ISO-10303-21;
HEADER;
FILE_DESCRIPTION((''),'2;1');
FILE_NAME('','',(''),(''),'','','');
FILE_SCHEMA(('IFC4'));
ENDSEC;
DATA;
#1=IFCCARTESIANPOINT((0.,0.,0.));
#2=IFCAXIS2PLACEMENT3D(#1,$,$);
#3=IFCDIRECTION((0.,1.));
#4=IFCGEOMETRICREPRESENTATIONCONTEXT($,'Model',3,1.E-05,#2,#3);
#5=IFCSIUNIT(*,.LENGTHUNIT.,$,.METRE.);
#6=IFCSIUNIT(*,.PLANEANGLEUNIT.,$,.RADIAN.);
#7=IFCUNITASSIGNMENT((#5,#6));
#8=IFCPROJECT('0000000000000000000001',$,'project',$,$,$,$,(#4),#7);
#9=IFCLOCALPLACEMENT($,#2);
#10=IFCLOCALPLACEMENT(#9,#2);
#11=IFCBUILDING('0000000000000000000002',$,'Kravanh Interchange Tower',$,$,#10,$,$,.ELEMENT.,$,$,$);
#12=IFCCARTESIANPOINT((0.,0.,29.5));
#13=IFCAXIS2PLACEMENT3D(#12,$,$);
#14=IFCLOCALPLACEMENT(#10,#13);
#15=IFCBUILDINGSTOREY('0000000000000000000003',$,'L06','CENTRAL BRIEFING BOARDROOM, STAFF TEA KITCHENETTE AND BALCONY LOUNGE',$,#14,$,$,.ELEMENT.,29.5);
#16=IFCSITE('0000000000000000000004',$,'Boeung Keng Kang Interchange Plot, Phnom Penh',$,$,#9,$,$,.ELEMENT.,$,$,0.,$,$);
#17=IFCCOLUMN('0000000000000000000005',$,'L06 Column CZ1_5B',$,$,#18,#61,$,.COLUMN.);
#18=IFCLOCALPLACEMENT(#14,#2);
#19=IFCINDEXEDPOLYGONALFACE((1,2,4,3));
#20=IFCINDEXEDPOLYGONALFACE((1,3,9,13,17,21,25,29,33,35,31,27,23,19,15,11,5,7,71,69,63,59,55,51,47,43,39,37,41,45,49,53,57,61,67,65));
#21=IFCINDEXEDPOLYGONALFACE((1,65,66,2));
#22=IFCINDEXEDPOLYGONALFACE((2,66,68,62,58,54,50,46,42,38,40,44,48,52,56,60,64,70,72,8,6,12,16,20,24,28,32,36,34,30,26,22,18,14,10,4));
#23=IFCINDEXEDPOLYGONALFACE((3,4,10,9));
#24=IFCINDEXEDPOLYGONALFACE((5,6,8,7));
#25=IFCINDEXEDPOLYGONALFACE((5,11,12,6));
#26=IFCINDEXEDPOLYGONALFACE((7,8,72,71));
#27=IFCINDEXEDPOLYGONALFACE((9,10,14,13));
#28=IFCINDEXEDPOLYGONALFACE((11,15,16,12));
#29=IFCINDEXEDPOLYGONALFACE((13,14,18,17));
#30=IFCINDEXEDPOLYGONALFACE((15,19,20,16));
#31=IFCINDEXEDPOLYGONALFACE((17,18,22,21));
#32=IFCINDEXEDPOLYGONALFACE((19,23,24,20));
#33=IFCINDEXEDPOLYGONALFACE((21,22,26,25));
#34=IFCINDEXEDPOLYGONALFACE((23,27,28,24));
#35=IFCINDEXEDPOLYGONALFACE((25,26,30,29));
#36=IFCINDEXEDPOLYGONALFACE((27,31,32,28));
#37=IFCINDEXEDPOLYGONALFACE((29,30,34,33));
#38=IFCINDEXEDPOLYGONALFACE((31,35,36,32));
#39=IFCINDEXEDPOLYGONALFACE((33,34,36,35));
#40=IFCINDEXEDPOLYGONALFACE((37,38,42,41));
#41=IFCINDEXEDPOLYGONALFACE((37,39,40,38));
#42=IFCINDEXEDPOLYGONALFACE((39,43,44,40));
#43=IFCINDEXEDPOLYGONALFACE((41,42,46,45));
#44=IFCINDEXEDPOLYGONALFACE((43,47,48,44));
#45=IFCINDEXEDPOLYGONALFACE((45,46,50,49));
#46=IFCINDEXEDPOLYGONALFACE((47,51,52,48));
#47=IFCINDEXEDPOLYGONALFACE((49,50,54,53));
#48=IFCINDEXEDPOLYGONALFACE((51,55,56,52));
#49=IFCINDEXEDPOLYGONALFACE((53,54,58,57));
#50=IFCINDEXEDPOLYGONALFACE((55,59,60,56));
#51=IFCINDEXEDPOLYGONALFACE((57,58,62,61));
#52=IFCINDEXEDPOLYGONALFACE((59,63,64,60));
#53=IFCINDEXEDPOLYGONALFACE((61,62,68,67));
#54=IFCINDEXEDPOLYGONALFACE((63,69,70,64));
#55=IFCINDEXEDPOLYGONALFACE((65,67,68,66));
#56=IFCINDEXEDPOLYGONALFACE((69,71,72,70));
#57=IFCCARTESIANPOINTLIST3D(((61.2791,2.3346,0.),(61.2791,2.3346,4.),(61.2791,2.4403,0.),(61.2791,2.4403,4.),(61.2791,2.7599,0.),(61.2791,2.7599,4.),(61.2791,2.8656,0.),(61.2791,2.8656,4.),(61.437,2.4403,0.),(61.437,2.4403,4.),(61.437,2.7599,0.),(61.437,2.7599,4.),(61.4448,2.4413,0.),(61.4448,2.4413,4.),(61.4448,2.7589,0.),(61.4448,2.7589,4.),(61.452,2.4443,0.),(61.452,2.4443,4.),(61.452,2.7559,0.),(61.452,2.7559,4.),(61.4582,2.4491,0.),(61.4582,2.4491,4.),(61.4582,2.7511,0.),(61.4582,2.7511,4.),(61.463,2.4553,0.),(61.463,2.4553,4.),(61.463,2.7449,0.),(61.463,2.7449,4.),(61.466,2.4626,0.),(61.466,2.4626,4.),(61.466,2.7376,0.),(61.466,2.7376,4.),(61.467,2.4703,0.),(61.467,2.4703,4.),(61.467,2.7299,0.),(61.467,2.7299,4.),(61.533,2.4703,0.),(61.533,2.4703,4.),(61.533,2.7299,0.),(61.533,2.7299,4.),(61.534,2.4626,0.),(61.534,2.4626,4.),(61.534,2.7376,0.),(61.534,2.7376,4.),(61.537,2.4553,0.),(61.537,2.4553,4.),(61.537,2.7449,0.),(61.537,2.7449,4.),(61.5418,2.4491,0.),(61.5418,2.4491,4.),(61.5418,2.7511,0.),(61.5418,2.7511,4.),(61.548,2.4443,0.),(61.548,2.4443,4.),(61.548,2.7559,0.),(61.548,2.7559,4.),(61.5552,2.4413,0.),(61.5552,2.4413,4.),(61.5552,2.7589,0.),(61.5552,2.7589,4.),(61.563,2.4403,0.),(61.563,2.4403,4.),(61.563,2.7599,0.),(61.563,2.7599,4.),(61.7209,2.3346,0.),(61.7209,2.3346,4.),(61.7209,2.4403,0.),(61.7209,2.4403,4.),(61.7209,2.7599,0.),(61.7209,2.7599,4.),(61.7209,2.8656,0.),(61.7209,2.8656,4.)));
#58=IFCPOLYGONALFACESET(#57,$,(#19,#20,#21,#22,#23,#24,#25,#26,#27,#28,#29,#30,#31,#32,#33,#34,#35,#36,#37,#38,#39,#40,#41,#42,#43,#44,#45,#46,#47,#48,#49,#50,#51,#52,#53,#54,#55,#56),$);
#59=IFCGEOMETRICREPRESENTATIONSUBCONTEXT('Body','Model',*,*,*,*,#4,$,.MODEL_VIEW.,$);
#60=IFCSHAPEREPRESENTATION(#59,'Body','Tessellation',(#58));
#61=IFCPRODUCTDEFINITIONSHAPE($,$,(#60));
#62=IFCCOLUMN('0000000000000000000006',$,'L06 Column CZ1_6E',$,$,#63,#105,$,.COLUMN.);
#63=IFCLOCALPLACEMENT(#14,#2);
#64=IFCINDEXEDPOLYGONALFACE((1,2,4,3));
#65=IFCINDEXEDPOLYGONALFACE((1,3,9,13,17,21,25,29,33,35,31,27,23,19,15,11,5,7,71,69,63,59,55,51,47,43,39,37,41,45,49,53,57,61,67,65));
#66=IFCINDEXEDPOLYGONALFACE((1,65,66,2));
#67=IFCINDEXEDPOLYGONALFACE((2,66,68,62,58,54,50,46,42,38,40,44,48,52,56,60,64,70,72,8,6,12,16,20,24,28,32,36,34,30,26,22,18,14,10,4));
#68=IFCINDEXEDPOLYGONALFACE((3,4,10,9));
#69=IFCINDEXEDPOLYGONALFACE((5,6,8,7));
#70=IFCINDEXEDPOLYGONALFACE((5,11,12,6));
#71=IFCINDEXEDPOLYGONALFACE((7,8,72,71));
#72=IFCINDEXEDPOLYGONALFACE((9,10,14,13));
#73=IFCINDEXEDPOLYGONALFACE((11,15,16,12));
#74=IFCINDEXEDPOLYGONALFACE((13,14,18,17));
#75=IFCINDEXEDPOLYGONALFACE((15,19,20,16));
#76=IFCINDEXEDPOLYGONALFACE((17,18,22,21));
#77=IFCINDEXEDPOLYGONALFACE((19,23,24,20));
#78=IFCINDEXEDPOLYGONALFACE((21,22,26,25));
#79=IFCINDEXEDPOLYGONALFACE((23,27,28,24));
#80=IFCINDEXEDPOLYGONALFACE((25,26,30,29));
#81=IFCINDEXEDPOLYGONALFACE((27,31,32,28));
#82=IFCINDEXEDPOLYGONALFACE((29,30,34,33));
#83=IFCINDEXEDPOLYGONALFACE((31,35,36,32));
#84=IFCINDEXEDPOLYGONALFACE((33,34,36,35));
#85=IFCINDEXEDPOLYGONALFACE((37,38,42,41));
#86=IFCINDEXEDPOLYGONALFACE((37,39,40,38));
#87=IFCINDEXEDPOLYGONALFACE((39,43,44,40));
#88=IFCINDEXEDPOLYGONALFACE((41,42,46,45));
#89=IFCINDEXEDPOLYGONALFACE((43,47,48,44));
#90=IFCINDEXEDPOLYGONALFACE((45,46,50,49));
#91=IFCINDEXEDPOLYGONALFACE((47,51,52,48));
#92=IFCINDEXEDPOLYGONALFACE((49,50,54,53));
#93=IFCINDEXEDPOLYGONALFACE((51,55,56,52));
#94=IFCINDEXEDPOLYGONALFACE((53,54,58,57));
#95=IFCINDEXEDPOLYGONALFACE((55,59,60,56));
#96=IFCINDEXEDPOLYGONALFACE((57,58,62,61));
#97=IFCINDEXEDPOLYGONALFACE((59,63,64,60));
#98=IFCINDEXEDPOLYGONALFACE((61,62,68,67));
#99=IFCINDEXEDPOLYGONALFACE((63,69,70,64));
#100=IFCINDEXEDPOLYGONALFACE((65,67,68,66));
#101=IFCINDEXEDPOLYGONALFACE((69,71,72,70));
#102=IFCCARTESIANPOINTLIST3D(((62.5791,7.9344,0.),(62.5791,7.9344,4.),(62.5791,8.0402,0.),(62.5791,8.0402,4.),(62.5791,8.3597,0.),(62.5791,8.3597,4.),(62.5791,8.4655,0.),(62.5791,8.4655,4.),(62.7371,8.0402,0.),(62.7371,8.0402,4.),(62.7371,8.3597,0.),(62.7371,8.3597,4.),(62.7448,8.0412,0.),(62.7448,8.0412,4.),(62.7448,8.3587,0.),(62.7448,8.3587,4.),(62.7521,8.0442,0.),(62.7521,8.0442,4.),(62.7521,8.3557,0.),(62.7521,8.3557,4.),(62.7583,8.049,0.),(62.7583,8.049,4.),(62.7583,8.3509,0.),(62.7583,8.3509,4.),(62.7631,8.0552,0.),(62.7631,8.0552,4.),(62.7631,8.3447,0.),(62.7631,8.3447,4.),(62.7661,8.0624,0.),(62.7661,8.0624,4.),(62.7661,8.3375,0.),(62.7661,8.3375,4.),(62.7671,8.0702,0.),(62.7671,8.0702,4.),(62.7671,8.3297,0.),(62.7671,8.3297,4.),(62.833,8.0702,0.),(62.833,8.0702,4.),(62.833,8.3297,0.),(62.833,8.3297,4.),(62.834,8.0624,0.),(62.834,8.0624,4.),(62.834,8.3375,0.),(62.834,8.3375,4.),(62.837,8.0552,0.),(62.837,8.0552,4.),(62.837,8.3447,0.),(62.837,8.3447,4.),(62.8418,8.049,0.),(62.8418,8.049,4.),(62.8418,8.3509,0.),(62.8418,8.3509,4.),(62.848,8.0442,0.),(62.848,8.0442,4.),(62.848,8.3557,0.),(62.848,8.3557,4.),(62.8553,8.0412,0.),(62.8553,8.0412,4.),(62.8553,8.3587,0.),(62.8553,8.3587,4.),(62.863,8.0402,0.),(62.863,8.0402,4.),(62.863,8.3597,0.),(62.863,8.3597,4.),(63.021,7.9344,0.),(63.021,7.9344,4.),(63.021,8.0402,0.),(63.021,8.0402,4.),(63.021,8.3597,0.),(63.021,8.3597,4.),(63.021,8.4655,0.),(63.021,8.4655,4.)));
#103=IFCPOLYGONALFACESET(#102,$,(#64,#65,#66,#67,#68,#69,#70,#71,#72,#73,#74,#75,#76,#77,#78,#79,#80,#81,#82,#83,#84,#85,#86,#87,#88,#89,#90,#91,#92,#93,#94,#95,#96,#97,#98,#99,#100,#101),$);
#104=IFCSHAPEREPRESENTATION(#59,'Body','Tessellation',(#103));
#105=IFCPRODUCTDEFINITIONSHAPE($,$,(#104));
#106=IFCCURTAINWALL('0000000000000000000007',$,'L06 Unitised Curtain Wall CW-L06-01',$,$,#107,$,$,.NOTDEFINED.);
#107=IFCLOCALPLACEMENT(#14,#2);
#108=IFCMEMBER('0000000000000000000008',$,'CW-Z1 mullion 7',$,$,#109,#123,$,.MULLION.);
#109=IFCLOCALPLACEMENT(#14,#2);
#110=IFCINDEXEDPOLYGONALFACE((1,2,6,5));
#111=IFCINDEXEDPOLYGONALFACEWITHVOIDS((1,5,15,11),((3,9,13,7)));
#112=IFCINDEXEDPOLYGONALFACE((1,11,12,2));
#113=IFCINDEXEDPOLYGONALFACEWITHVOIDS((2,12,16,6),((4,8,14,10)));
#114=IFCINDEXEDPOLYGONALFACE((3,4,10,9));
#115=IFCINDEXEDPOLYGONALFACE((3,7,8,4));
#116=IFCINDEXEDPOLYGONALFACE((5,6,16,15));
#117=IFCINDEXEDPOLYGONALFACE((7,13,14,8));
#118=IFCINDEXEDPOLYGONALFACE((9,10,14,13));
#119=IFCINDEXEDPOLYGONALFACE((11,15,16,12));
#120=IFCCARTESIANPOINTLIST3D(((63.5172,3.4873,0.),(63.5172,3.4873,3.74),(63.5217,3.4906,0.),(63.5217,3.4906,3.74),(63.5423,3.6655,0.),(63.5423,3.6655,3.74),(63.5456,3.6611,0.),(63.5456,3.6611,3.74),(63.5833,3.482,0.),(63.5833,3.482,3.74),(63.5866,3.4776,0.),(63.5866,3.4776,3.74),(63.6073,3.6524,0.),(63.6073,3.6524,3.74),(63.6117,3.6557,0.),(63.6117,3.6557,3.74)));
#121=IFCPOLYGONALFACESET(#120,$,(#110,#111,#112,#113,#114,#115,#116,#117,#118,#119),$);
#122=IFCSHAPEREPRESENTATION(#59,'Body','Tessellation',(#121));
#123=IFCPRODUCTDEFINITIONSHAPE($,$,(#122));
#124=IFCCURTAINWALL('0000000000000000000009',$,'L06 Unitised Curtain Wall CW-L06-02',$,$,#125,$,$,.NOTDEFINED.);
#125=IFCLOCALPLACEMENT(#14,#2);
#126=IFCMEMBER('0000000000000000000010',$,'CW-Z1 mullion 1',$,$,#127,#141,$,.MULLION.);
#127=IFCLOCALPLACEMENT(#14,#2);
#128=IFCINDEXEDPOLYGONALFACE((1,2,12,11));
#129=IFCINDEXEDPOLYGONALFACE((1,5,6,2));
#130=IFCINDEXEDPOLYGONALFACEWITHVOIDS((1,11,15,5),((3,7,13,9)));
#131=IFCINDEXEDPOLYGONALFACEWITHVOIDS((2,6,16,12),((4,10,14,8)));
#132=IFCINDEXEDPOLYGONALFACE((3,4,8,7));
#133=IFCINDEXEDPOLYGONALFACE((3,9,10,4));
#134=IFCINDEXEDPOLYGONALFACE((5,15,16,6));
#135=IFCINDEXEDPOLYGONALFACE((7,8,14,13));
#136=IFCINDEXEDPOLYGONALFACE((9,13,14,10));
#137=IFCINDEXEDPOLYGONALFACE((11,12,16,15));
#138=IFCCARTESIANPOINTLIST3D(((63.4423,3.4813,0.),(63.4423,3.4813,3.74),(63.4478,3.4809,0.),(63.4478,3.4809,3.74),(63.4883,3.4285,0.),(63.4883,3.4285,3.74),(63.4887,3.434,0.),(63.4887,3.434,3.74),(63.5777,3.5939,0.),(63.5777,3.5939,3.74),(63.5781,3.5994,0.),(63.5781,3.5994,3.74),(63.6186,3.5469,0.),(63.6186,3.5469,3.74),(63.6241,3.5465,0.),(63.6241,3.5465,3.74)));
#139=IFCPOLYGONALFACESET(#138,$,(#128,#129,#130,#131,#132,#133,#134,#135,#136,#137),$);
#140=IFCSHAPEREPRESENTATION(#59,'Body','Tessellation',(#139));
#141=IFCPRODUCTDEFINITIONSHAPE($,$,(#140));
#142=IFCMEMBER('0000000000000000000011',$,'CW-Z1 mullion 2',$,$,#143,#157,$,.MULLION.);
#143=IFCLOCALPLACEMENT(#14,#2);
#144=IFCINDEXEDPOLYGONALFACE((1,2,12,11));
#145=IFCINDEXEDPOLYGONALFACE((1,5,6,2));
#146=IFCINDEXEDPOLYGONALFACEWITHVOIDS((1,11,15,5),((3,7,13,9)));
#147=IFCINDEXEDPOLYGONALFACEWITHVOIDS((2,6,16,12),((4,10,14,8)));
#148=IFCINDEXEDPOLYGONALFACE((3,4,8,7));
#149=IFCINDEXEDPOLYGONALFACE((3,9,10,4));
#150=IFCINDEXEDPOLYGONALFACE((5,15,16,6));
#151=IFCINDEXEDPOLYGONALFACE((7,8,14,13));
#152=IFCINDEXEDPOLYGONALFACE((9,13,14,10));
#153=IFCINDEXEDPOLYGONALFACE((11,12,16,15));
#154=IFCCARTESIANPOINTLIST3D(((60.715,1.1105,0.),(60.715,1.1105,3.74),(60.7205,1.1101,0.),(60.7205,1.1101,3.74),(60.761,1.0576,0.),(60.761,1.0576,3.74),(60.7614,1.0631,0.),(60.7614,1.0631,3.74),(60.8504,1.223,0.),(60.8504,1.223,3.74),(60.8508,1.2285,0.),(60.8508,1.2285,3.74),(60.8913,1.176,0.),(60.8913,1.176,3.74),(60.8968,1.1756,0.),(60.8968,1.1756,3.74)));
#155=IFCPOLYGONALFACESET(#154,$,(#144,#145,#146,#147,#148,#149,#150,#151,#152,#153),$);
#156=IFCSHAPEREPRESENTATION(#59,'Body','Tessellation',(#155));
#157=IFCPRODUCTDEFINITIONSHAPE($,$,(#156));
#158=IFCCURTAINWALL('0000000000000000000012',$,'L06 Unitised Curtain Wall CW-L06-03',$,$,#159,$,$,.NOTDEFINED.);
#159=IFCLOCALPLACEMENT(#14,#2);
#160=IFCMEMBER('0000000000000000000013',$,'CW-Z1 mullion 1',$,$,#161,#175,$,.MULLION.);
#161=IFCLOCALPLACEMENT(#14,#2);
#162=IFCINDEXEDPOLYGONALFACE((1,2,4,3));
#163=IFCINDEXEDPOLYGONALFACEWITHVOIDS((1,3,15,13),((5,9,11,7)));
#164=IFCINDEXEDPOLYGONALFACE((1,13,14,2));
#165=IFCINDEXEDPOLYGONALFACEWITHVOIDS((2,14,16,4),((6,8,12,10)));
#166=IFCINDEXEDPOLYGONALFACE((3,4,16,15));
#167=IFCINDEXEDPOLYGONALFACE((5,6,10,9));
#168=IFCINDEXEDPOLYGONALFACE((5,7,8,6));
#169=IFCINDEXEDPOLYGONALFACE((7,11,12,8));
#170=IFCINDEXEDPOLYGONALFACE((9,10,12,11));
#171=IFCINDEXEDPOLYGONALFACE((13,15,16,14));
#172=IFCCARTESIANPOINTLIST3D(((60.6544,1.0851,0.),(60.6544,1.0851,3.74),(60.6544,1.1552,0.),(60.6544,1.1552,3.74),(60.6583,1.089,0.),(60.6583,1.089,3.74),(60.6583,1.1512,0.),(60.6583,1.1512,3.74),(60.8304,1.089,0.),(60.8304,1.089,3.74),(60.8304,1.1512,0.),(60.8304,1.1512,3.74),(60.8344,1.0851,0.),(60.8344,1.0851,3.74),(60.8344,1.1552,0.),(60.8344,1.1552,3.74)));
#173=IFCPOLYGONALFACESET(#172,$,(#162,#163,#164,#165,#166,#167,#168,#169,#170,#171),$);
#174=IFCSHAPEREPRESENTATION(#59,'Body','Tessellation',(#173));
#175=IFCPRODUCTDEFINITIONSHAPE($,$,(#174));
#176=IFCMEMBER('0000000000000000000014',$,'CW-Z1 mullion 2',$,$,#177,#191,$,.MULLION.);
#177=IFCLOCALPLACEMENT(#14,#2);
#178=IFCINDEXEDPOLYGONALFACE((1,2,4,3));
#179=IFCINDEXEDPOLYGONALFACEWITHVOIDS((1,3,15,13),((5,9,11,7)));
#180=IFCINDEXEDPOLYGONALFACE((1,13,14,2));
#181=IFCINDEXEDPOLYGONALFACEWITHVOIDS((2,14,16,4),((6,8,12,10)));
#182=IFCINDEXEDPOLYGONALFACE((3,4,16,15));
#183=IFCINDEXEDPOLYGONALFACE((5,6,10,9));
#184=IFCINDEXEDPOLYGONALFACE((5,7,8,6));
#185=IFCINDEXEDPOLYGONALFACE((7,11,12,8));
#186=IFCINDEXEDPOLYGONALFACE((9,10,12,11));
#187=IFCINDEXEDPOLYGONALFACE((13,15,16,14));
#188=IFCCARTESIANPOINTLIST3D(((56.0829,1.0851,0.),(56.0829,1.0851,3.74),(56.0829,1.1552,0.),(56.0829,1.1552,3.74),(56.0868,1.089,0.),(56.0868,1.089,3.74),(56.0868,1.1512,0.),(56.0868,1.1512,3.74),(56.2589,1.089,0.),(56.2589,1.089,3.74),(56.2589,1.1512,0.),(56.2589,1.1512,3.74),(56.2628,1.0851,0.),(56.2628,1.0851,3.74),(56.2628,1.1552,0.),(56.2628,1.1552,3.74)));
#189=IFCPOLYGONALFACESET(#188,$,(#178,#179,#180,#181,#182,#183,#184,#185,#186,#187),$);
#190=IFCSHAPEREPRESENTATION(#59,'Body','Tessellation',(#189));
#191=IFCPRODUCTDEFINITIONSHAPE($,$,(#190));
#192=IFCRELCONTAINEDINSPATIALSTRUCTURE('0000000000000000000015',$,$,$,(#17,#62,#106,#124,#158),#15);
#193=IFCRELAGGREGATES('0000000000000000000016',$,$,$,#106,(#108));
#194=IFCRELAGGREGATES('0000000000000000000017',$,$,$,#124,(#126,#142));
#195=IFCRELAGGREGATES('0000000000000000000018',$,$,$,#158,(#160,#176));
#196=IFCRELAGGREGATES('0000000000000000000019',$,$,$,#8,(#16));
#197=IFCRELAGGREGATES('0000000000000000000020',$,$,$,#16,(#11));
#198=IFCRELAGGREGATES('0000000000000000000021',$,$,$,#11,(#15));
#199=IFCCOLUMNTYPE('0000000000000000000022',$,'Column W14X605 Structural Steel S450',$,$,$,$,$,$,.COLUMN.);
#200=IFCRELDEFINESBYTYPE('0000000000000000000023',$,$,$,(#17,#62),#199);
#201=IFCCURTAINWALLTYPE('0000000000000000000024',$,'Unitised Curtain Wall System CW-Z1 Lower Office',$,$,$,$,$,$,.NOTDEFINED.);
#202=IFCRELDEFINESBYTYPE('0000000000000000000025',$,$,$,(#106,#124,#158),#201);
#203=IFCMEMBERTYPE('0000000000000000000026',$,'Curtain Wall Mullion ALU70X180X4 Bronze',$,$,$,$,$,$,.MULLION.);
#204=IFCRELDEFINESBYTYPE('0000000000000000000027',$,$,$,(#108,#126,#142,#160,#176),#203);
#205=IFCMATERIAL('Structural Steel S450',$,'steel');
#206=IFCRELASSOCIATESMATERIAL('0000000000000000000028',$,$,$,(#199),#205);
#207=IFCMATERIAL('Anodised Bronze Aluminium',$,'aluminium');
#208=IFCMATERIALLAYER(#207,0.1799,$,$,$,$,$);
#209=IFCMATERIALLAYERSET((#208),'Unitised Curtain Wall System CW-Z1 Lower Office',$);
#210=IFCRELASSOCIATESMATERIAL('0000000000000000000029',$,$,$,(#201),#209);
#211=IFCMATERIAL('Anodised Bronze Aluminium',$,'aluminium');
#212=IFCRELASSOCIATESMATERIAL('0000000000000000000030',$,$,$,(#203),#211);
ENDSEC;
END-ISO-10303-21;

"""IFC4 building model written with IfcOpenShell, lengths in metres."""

from ifc_helpers import new_model, si_unit, direction, frame, origin, origin_2d, place, context, subcontext, project, spatial, hollow_rectangle, i_section, extrude, material, layer, layer_set, material_profile, profile_set, type_object, element, aggregate, save


model = new_model("IFC4")

# Units and contexts
model_context = context("Model", 3, precision=1e-05, world=origin(), true_north=direction((0.0, 1.0)))
body_context = subcontext(model_context, "Body", "Model", "MODEL_VIEW")
ifc_project = project(units=[si_unit("LENGTHUNIT", "METRE"), si_unit("PLANEANGLEUNIT", "RADIAN")], contexts=[model_context])

# Site, building, storey
site_placement = place(None, origin())
site = spatial("IfcSite", under=ifc_project, at=site_placement, Name="Boeung Keng Kang Interchange Plot, Phnom Penh", CompositionType="ELEMENT", RefElevation=0.0)
building_placement = place(site_placement, origin())
building = spatial("IfcBuilding", under=site, at=building_placement, Name="Kravanh Interchange Tower", CompositionType="ELEMENT")
storey_placement = place(building_placement, frame((0.0, 0.0, 29.5)))
storey = spatial("IfcBuildingStorey", under=building, at=storey_placement, Name="L06", Description="CENTRAL BRIEFING BOARDROOM, STAFF TEA KITCHENETTE AND BALCONY LOUNGE", CompositionType="ELEMENT", Elevation=29.5)

# Columns
ifc_material_1 = material(Name="Structural Steel S450", Category="steel")
ifc_material_profile_1 = material_profile(ifc_material_1, i_section(OverallWidth=0.4419, OverallDepth=0.531, WebThickness=0.0659, FlangeThickness=0.1057, FilletRadius=0.03, at=origin_2d()), Name="W14X605")
ifc_profile_set_1 = profile_set([ifc_material_profile_1], Name="Structural Steel S450")
column_type = type_object("IfcColumnType", Name="Column W14X605 Structural Steel S450", PredefinedType="COLUMN", material=ifc_profile_set_1)
for number, where, z_axis, x_axis, name in (
    (1, (61.5, 2.6001, 0.0), (0.0, 0.0, 1.0), (1.0, 0.0, 0.0), "L06 Column CZ1_5B"),
    (2, (62.8, 8.2, 0.0), (0.0, 0.0, 1.0), (1.0, 0.0, 0.0), "L06 Column CZ1_6E"),
):
    element("IfcColumn", number, at=place(storey_placement, frame(where, z_axis=z_axis, x_axis=x_axis)), inside=storey, type_object=column_type, Name=name, PredefinedType="COLUMN", context=body_context, shape_type="SweptSolid", body=[
        extrude(i_section(OverallWidth=0.4419, OverallDepth=0.531, WebThickness=0.0659, FlangeThickness=0.1057, FilletRadius=0.03, at=origin_2d()), origin(), (0.0, 0.0, 1.0), 4.0),
    ])

# Curtain wall, member
ifc_material_2 = material(Name="Anodised Bronze Aluminium", Category="aluminium")
ifc_layer_1 = layer(ifc_material_2, 0.1799)
ifc_layer_set_1 = layer_set([ifc_layer_1], Name="Unitised Curtain Wall System CW-Z1 Lower Office")
curtain_wall_type = type_object("IfcCurtainWallType", Name="Unitised Curtain Wall System CW-Z1 Lower Office", PredefinedType="NOTDEFINED", material=ifc_layer_set_1)
curtain_wall_1_placement = place(storey_placement, origin())
curtain_wall_1 = element("IfcCurtainWall", 3, at=curtain_wall_1_placement, inside=storey, type_object=curtain_wall_type, Name="L06 Unitised Curtain Wall CW-L06-01", PredefinedType="NOTDEFINED")
ifc_material_3 = material(Name="Anodised Bronze Aluminium", Category="aluminium")
ifc_material_profile_2 = material_profile(ifc_material_3, hollow_rectangle(XDim=0.0701, YDim=0.1799, WallThickness=0.0039, at=origin_2d()), Name="ALU70X180X4")
ifc_profile_set_2 = profile_set([ifc_material_profile_2], Name="Anodised Bronze Aluminium")
member_type_1 = type_object("IfcMemberType", Name="Curtain Wall Mullion ALU70X180X4 Bronze", PredefinedType="MULLION", material=ifc_profile_set_2)
member_1_placement = place(storey_placement, frame((63.5645, 3.5715, 0.0), z_axis=(0.0, 0.0, 1.0), x_axis=(0.990268, -0.139177, 0.0)))
member_1 = element("IfcMember", 4, at=member_1_placement, type_object=member_type_1, Name="CW-Z1 mullion 7", PredefinedType="MULLION", context=body_context, shape_type="SweptSolid", body=[
    extrude(hollow_rectangle(XDim=0.0701, YDim=0.1799, WallThickness=0.0039, at=origin_2d()), origin(), (0.0, 0.0, 1.0), 3.74),
])

# Curtain walls, members
curtain_wall_2_placement = place(storey_placement, origin())
curtain_wall_2 = element("IfcCurtainWall", 5, at=curtain_wall_2_placement, inside=storey, type_object=curtain_wall_type, Name="L06 Unitised Curtain Wall CW-L06-02", PredefinedType="NOTDEFINED")
member_2_placement = place(storey_placement, frame((63.5332, 3.5139, 0.0), z_axis=(0.0, 0.0, 1.0), x_axis=(0.65606, -0.754708, 0.0)))
member_2 = element("IfcMember", 6, at=member_2_placement, type_object=member_type_1, Name="CW-Z1 mullion 1", PredefinedType="MULLION", context=body_context, shape_type="SweptSolid", body=[
    extrude(hollow_rectangle(XDim=0.0701, YDim=0.1799, WallThickness=0.0039, at=origin_2d()), origin(), (0.0, 0.0, 1.0), 3.74),
])
member_3_placement = place(storey_placement, frame((60.8059, 1.1431, 0.0), z_axis=(0.0, 0.0, 1.0), x_axis=(0.65606, -0.754708, 0.0)))
member_3 = element("IfcMember", 7, at=member_3_placement, type_object=member_type_1, Name="CW-Z1 mullion 2", PredefinedType="MULLION", context=body_context, shape_type="SweptSolid", body=[
    extrude(hollow_rectangle(XDim=0.0701, YDim=0.1799, WallThickness=0.0039, at=origin_2d()), origin(), (0.0, 0.0, 1.0), 3.74),
])
curtain_wall_3_placement = place(storey_placement, origin())
curtain_wall_3 = element("IfcCurtainWall", 8, at=curtain_wall_3_placement, inside=storey, type_object=curtain_wall_type, Name="L06 Unitised Curtain Wall CW-L06-03", PredefinedType="NOTDEFINED")
member_4_placement = place(storey_placement, frame((60.7444, 1.1201, 0.0), z_axis=(0.0, 0.0, 1.0), x_axis=(0.0, -1.0, 0.0)))
member_4 = element("IfcMember", 9, at=member_4_placement, type_object=member_type_1, Name="CW-Z1 mullion 1", PredefinedType="MULLION", context=body_context, shape_type="SweptSolid", body=[
    extrude(hollow_rectangle(XDim=0.0701, YDim=0.1799, WallThickness=0.0039, at=origin_2d()), origin(), (0.0, 0.0, 1.0), 3.74),
])
member_5_placement = place(storey_placement, frame((56.1729, 1.1201, 0.0), z_axis=(0.0, 0.0, 1.0), x_axis=(0.0, -1.0, 0.0)))
member_5 = element("IfcMember", 10, at=member_5_placement, type_object=member_type_1, Name="CW-Z1 mullion 2", PredefinedType="MULLION", context=body_context, shape_type="SweptSolid", body=[
    extrude(hollow_rectangle(XDim=0.0701, YDim=0.1799, WallThickness=0.0039, at=origin_2d()), origin(), (0.0, 0.0, 1.0), 3.74),
])

aggregate(curtain_wall_1, [member_1])
aggregate(curtain_wall_2, [member_2, member_3])
aggregate(curtain_wall_3, [member_4, member_5])

save(model, "model.ifc")
